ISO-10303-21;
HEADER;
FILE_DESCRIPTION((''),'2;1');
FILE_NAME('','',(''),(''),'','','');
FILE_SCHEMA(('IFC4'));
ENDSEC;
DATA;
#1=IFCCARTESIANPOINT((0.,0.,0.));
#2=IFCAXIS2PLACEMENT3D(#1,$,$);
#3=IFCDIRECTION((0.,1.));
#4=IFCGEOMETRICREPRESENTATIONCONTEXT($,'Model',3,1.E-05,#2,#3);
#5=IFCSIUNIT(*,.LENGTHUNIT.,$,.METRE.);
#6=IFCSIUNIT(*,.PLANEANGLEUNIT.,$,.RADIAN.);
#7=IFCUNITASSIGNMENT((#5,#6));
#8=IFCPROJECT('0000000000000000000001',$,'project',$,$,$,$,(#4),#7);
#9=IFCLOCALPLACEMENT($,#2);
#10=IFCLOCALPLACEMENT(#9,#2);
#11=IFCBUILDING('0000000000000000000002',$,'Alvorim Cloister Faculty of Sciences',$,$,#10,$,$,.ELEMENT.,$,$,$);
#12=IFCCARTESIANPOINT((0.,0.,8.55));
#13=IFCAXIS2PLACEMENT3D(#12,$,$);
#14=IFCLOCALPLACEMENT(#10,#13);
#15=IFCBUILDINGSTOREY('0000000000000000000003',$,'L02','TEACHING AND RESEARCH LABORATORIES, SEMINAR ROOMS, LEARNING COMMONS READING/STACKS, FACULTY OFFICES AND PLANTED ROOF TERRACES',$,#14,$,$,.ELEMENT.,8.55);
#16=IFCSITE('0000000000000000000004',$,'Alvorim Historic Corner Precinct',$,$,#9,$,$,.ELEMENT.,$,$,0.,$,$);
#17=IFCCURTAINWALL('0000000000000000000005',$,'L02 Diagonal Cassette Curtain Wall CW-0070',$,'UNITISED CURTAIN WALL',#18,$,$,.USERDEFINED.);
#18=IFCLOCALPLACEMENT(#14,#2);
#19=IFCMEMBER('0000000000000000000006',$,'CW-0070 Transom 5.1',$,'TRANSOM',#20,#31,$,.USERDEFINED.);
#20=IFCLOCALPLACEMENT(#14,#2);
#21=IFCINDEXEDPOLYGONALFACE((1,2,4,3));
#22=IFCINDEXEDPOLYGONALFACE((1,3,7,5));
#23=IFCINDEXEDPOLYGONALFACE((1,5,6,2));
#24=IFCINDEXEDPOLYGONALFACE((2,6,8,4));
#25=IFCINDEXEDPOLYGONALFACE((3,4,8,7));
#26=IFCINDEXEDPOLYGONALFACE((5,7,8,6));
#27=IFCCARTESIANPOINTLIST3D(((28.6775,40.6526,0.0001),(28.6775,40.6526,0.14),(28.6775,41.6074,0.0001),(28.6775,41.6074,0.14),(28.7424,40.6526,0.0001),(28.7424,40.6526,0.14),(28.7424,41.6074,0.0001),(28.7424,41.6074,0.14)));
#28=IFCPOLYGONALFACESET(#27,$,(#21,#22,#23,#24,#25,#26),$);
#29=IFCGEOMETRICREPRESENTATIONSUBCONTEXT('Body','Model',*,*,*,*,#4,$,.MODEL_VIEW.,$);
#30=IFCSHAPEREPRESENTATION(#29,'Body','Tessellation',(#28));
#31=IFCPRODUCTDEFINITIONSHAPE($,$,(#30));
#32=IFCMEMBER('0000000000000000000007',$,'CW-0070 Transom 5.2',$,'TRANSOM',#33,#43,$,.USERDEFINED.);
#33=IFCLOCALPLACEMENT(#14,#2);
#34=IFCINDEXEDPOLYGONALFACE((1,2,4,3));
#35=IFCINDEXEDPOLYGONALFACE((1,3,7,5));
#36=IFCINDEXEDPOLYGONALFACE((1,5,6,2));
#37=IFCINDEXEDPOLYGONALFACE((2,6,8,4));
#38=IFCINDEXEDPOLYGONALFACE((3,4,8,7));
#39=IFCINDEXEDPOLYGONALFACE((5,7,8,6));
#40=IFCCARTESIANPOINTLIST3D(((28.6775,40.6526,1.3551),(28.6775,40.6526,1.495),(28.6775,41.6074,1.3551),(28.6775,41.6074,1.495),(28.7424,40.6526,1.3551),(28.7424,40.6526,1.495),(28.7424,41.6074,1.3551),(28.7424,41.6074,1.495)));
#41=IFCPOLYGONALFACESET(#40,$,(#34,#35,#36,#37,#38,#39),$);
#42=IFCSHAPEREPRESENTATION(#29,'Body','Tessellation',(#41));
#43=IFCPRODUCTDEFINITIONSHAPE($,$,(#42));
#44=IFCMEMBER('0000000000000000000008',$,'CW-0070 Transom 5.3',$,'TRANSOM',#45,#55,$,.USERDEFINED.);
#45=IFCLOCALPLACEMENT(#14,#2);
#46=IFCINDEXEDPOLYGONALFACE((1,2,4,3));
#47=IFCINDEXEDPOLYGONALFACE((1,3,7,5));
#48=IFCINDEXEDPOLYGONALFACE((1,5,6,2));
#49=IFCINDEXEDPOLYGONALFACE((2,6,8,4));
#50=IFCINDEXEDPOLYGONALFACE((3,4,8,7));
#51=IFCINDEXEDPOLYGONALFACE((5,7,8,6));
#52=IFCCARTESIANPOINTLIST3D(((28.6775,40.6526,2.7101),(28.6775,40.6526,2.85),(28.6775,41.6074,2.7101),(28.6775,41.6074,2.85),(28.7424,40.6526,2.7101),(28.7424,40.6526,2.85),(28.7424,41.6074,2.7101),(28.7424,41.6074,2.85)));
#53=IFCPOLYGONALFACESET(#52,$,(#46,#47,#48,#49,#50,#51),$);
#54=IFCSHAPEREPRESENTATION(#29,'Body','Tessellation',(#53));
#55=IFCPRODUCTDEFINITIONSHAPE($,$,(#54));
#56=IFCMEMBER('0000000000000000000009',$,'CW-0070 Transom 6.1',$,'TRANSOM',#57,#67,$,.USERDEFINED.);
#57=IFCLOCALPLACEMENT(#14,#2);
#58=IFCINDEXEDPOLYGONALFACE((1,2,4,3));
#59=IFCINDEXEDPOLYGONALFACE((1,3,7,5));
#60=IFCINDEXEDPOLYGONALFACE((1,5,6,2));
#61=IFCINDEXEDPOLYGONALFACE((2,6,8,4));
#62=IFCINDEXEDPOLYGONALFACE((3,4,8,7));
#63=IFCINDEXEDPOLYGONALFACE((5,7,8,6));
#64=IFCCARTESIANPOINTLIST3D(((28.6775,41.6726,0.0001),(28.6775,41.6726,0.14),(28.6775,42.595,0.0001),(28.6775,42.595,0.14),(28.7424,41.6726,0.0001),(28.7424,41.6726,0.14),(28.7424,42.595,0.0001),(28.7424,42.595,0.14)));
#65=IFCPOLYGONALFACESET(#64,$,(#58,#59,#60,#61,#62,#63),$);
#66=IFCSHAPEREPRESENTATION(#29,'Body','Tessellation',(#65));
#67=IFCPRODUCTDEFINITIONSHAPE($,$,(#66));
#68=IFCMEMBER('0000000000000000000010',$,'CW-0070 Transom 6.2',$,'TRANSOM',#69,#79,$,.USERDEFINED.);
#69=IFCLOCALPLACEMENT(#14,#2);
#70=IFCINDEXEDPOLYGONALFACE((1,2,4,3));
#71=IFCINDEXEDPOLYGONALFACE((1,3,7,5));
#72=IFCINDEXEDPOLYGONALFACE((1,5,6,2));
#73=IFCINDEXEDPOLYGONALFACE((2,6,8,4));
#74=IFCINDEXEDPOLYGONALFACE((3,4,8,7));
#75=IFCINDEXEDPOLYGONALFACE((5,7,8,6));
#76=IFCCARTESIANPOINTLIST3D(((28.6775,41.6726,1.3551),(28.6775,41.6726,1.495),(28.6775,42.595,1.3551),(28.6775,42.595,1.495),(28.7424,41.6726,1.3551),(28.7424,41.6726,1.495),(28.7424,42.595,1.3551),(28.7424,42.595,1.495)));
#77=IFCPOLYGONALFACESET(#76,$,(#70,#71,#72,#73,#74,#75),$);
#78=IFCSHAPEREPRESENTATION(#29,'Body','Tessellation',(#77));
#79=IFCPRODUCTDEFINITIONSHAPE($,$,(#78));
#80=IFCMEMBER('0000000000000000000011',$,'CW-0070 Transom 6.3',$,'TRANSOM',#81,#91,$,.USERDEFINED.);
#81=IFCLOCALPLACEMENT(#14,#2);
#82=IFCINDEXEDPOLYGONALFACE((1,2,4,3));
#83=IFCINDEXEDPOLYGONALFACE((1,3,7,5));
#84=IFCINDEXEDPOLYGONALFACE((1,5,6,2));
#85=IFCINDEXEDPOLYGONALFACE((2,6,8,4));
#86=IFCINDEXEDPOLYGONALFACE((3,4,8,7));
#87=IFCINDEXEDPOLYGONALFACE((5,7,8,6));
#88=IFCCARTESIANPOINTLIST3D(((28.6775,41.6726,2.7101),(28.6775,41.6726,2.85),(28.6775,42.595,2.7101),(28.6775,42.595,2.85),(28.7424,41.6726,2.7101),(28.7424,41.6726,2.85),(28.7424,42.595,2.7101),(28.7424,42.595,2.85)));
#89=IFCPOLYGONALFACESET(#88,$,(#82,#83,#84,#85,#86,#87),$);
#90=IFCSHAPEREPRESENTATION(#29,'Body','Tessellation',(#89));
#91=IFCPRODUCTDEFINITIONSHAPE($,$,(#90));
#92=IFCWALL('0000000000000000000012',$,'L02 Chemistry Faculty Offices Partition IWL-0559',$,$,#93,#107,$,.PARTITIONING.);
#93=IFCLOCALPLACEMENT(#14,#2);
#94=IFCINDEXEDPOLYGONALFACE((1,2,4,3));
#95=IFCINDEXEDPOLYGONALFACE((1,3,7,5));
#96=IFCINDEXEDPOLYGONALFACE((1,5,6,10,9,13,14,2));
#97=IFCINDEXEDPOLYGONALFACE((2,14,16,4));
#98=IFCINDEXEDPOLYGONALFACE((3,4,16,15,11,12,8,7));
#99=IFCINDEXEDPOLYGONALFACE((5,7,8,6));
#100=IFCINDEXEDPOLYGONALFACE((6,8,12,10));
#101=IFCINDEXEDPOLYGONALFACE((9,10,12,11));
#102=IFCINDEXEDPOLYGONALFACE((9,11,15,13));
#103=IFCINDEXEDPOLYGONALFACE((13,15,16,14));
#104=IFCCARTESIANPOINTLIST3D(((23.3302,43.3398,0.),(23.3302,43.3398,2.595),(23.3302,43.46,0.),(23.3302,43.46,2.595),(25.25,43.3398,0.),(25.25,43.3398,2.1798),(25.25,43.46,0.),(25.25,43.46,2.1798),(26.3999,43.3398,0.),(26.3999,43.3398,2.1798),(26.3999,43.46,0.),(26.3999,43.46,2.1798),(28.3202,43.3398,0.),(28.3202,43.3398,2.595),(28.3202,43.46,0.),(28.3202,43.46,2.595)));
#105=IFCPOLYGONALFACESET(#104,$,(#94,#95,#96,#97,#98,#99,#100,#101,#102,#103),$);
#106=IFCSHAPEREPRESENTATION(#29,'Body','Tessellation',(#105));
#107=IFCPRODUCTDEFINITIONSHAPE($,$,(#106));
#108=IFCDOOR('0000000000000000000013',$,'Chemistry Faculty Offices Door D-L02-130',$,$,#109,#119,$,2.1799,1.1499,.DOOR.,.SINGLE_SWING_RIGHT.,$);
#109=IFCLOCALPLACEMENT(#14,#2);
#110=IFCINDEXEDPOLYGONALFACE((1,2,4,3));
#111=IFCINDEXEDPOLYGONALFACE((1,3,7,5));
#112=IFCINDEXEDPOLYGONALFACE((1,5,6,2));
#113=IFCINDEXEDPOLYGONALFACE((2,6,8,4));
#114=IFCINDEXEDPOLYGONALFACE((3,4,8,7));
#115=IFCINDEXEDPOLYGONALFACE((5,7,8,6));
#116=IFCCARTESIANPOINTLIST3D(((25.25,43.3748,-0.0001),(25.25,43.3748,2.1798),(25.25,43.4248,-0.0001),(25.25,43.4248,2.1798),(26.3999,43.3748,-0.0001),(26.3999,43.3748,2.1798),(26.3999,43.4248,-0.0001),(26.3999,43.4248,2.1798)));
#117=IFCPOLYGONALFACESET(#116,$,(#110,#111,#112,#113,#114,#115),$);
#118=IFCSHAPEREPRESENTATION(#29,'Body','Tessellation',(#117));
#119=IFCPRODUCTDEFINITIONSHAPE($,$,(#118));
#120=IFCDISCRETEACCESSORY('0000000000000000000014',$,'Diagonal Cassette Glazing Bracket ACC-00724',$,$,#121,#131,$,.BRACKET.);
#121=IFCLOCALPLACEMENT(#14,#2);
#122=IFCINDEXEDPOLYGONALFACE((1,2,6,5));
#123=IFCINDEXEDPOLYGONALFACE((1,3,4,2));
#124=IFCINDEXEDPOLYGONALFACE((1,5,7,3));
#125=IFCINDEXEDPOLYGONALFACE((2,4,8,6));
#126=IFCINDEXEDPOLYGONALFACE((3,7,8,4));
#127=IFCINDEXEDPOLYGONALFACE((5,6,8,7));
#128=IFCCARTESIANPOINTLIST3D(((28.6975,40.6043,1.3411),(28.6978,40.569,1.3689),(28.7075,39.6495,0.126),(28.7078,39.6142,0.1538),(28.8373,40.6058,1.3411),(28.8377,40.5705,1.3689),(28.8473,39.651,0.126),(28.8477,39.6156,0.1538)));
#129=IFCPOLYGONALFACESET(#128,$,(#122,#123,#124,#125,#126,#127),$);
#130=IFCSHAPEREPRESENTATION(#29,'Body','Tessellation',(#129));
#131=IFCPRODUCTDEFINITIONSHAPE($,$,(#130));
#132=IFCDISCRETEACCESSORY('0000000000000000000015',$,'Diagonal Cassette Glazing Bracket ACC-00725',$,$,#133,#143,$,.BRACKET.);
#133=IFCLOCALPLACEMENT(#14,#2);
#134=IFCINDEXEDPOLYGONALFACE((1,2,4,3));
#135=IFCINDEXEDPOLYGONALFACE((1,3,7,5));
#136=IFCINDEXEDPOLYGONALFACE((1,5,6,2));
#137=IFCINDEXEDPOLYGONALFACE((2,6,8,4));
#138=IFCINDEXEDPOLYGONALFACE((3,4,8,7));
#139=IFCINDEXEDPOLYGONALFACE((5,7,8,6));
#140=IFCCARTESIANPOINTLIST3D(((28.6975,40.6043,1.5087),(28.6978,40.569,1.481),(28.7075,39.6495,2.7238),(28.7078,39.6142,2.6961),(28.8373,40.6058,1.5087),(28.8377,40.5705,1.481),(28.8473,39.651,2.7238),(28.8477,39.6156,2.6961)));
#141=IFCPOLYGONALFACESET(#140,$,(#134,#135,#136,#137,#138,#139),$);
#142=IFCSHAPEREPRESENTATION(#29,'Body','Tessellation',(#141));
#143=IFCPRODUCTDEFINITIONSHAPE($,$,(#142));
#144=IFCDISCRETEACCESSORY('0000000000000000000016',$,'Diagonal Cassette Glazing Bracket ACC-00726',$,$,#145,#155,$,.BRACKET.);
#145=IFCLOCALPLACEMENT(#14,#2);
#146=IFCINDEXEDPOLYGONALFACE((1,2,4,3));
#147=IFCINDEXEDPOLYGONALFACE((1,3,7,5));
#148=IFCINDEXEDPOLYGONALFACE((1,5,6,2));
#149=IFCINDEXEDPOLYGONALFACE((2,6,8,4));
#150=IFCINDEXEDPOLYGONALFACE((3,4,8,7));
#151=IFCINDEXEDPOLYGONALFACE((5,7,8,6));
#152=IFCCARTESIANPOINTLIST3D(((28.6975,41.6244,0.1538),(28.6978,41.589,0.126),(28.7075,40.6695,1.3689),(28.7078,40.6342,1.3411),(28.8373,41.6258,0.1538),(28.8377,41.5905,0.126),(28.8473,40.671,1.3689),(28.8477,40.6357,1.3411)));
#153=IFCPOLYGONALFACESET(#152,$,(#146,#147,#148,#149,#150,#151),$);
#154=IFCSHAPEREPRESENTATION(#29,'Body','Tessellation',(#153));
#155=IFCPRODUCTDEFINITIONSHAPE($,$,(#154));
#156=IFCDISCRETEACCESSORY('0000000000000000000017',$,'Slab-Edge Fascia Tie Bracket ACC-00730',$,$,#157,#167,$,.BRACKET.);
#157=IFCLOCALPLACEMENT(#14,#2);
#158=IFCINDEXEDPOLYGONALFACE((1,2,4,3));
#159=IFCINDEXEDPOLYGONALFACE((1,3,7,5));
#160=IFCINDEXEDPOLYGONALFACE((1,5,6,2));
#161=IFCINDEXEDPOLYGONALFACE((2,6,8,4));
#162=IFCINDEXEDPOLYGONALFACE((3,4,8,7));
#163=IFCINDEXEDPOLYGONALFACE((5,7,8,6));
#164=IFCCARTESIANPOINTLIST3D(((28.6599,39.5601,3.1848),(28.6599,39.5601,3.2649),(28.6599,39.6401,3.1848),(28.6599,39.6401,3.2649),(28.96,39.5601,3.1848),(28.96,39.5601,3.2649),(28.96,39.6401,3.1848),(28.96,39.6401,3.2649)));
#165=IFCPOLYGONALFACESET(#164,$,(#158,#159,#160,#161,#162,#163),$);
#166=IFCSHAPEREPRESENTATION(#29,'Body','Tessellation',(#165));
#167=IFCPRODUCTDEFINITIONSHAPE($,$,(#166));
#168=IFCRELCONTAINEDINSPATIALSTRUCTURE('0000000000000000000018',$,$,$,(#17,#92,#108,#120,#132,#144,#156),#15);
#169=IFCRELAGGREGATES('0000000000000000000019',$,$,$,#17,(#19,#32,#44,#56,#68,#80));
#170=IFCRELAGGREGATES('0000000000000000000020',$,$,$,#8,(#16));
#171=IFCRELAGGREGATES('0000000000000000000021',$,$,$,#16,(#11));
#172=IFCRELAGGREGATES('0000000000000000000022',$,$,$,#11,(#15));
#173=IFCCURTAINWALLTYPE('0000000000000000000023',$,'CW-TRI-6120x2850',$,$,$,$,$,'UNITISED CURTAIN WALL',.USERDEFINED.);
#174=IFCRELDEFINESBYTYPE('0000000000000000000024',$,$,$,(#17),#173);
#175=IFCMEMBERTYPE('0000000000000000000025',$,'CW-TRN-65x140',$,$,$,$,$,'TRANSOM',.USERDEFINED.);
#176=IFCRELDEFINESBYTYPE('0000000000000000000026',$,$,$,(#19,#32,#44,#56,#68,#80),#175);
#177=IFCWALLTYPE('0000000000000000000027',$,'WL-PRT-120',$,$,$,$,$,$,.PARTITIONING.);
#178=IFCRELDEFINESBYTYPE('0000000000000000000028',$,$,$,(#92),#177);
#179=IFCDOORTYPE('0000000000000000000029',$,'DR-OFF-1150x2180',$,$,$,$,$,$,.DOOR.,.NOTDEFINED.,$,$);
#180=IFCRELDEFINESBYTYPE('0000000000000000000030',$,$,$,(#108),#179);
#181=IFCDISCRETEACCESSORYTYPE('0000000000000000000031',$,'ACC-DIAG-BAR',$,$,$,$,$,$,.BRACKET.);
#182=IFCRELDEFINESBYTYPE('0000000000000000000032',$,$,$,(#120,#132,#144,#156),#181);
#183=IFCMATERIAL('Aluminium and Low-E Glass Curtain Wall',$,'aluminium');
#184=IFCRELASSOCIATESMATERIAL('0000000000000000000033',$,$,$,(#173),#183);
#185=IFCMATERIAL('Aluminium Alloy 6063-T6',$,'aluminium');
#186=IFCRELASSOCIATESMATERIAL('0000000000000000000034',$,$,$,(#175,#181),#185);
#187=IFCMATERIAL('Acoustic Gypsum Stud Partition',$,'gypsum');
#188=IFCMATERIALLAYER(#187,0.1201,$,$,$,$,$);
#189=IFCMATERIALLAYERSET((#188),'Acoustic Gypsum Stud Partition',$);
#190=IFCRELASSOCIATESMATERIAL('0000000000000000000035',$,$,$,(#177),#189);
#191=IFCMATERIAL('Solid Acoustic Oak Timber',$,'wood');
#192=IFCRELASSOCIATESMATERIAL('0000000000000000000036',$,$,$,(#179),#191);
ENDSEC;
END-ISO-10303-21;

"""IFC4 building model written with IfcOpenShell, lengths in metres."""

from ifc_helpers import new_model, si_unit, direction, frame, frame_2d, origin, origin_2d, place, context, subcontext, project, spatial, rectangle, extrude, material, layer, layer_set, material_profile, profile_set, type_object, element, fill, aggregate, save


model = new_model("IFC4")

# Units and contexts
model_context = context("Model", 3, precision=1e-05, world=origin(), true_north=direction((0.0, 1.0)))
body_context = subcontext(model_context, "Body", "Model", "MODEL_VIEW")
ifc_project = project(units=[si_unit("LENGTHUNIT", "METRE"), si_unit("PLANEANGLEUNIT", "RADIAN")], contexts=[model_context])

# Site, building, storey
site_placement = place(None, origin())
site = spatial("IfcSite", under=ifc_project, at=site_placement, Name="Alvorim Historic Corner Precinct", CompositionType="ELEMENT", RefElevation=0.0)
building_placement = place(site_placement, origin())
building = spatial("IfcBuilding", under=site, at=building_placement, Name="Alvorim Cloister Faculty of Sciences", CompositionType="ELEMENT")
storey_placement = place(building_placement, frame((0.0, 0.0, 8.55)))
storey = spatial("IfcBuildingStorey", under=building, at=storey_placement, Name="L02", Description="TEACHING AND RESEARCH LABORATORIES, SEMINAR ROOMS, LEARNING COMMONS READING/STACKS, FACULTY OFFICES AND PLANTED ROOF TERRACES", CompositionType="ELEMENT", Elevation=8.55)

# Curtain wall, members
ifc_material_1 = material(Name="Aluminium and Low-E Glass Curtain Wall", Category="aluminium")
curtain_wall_type = type_object("IfcCurtainWallType", Name="CW-TRI-6120x2850", ElementType="UNITISED CURTAIN WALL", PredefinedType="USERDEFINED", material=ifc_material_1)
curtain_wall_placement = place(storey_placement, origin())
curtain_wall = element("IfcCurtainWall", 1, at=curtain_wall_placement, inside=storey, type_object=curtain_wall_type, Name="L02 Diagonal Cassette Curtain Wall CW-0070", ObjectType="UNITISED CURTAIN WALL", PredefinedType="USERDEFINED")
ifc_material_2 = material(Name="Aluminium Alloy 6063-T6", Category="aluminium")
ifc_material_profile_1 = material_profile(ifc_material_2, rectangle(XDim=0.0649, YDim=0.1399, at=origin_2d()), Name="ALU-TRN-65x140")
ifc_profile_set_1 = profile_set([ifc_material_profile_1], Name="Aluminium Alloy 6063-T6")
member_type_1 = type_object("IfcMemberType", Name="CW-TRN-65x140", ElementType="TRANSOM", PredefinedType="USERDEFINED", material=ifc_profile_set_1)
member_1_placement = place(storey_placement, frame((28.71, 40.6526, 0.0701), z_axis=(0.0, 1.0, 0.0), x_axis=(-1.0, 0.0, 0.0)))
member_1 = element("IfcMember", 2, at=member_1_placement, type_object=member_type_1, Name="CW-0070 Transom 5.1", ObjectType="TRANSOM", PredefinedType="USERDEFINED", context=body_context, shape_type="SweptSolid", body=[
    extrude(rectangle(XDim=0.0649, YDim=0.1399, at=origin_2d()), origin(), (0.0, 0.0, 1.0), 0.9548),
])
member_2_placement = place(storey_placement, frame((28.71, 40.6526, 1.425), z_axis=(0.0, 1.0, 0.0), x_axis=(-1.0, 0.0, 0.0)))
member_2 = element("IfcMember", 3, at=member_2_placement, type_object=member_type_1, Name="CW-0070 Transom 5.2", ObjectType="TRANSOM", PredefinedType="USERDEFINED", context=body_context, shape_type="SweptSolid", body=[
    extrude(rectangle(XDim=0.0649, YDim=0.1399, at=origin_2d()), origin(), (0.0, 0.0, 1.0), 0.9548),
])
member_3_placement = place(storey_placement, frame((28.71, 40.6526, 2.78), z_axis=(0.0, 1.0, 0.0), x_axis=(-1.0, 0.0, 0.0)))
member_3 = element("IfcMember", 4, at=member_3_placement, type_object=member_type_1, Name="CW-0070 Transom 5.3", ObjectType="TRANSOM", PredefinedType="USERDEFINED", context=body_context, shape_type="SweptSolid", body=[
    extrude(rectangle(XDim=0.0649, YDim=0.1399, at=origin_2d()), origin(), (0.0, 0.0, 1.0), 0.9548),
])
member_4_placement = place(storey_placement, frame((28.71, 41.6726, 0.0701), z_axis=(0.0, 1.0, 0.0), x_axis=(-1.0, 0.0, 0.0)))
member_4 = element("IfcMember", 5, at=member_4_placement, type_object=member_type_1, Name="CW-0070 Transom 6.1", ObjectType="TRANSOM", PredefinedType="USERDEFINED", context=body_context, shape_type="SweptSolid", body=[
    extrude(rectangle(XDim=0.0649, YDim=0.1399, at=origin_2d()), origin(), (0.0, 0.0, 1.0), 0.9224),
])
member_5_placement = place(storey_placement, frame((28.71, 41.6726, 1.425), z_axis=(0.0, 1.0, 0.0), x_axis=(-1.0, 0.0, 0.0)))
member_5 = element("IfcMember", 6, at=member_5_placement, type_object=member_type_1, Name="CW-0070 Transom 6.2", ObjectType="TRANSOM", PredefinedType="USERDEFINED", context=body_context, shape_type="SweptSolid", body=[
    extrude(rectangle(XDim=0.0649, YDim=0.1399, at=origin_2d()), origin(), (0.0, 0.0, 1.0), 0.9224),
])
member_6_placement = place(storey_placement, frame((28.71, 41.6726, 2.78), z_axis=(0.0, 1.0, 0.0), x_axis=(-1.0, 0.0, 0.0)))
member_6 = element("IfcMember", 7, at=member_6_placement, type_object=member_type_1, Name="CW-0070 Transom 6.3", ObjectType="TRANSOM", PredefinedType="USERDEFINED", context=body_context, shape_type="SweptSolid", body=[
    extrude(rectangle(XDim=0.0649, YDim=0.1399, at=origin_2d()), origin(), (0.0, 0.0, 1.0), 0.9224),
])
aggregate(curtain_wall, [member_1, member_2, member_3, member_4, member_5, member_6])

# Wall, opening, door
ifc_material_3 = material(Name="Acoustic Gypsum Stud Partition", Category="gypsum")
ifc_layer = layer(ifc_material_3, 0.1201)
ifc_layer_set = layer_set([ifc_layer], Name="Acoustic Gypsum Stud Partition")
wall_type = type_object("IfcWallType", Name="WL-PRT-120", PredefinedType="PARTITIONING", material=ifc_layer_set)
wall_placement = place(storey_placement, frame((23.3301, 43.3999, 0.0), z_axis=(0.0, 0.0, 1.0), x_axis=(1.0, 0.0, 0.0)))
wall = element("IfcWall", 8, at=wall_placement, inside=storey, type_object=wall_type, Name="L02 Chemistry Faculty Offices Partition IWL-0559", PredefinedType="PARTITIONING", context=body_context, shape_type="SweptSolid", body=[
    extrude(rectangle(XDim=4.99, YDim=0.1201, at=frame_2d((2.4951, 0.0))), origin(), (0.0, 0.0, 1.0), 2.595),
])
opening_placement = place(wall_placement, frame((1.9199, 0.0, 0.0)))
opening = element("IfcOpeningElement", 9, at=opening_placement, cuts=wall, PredefinedType="OPENING", context=body_context, shape_type="SweptSolid", body=[
    extrude(rectangle(XDim=1.1499, YDim=2.1799, at=frame_2d((0.575, 1.0898))), frame((0.0, 0.072, 0.0), z_axis=(0.0, -1.0, 0.0), x_axis=(1.0, 0.0, 0.0)), (0.0, 0.0, 1.0), 0.144),
])
ifc_material_4 = material(Name="Solid Acoustic Oak Timber", Category="wood")
door_type = type_object("IfcDoorType", Name="DR-OFF-1150x2180", OperationType="NOTDEFINED", PredefinedType="DOOR", material=ifc_material_4)
door_placement = place(opening_placement, origin())
door = element("IfcDoor", 10, at=door_placement, inside=storey, type_object=door_type, Name="Chemistry Faculty Offices Door D-L02-130", OperationType="SINGLE_SWING_RIGHT", OverallHeight=2.1799, OverallWidth=1.1499, PredefinedType="DOOR", context=body_context, shape_type="SweptSolid", body=[
    extrude(rectangle(XDim=1.1499, YDim=2.1799, at=frame_2d((0.575, 1.0898))), frame((0.0, 0.0249, 0.0), z_axis=(0.0, -1.0, 0.0), x_axis=(1.0, 0.0, 0.0)), (0.0, 0.0, 1.0), 0.05),
])
fill(opening, door)

# Discrete accessories
discrete_accessory_type = type_object("IfcDiscreteAccessoryType", Name="ACC-DIAG-BAR", PredefinedType="BRACKET", material=ifc_material_2)
for number, where, z_axis, x_axis, name in (
    (11, (28.7776, 39.6326, 0.1399), (-0.006477, 0.617857, 0.786263), (-0.999945, -0.010483, 0.0), "Diagonal Cassette Glazing Bracket ACC-00724"),
    (12, (28.7776, 39.6326, 2.71), (-0.006477, 0.617857, -0.786263), (-0.999945, -0.010483, 0.0), "Diagonal Cassette Glazing Bracket ACC-00725"),
    (13, (28.7776, 40.6526, 1.355), (-0.006477, 0.617857, -0.786263), (-0.999945, -0.010483, 0.0), "Diagonal Cassette Glazing Bracket ACC-00726"),
):
    element("IfcDiscreteAccessory", number, at=place(storey_placement, frame(where, z_axis=z_axis, x_axis=x_axis)), inside=storey, type_object=discrete_accessory_type, Name=name, PredefinedType="BRACKET", context=body_context, shape_type="SweptSolid", body=[
        extrude(rectangle(XDim=0.1399, YDim=0.0449, at=origin_2d()), origin(), (0.0, 0.0, 1.0), 1.5454),
    ])
discrete_accessory_placement = place(storey_placement, frame((28.6599, 39.6001, 3.2249), z_axis=(1.0, 0.0, 0.0), x_axis=(0.0, 1.0, 0.0)))
element("IfcDiscreteAccessory", 14, at=discrete_accessory_placement, inside=storey, type_object=discrete_accessory_type, Name="Slab-Edge Fascia Tie Bracket ACC-00730", PredefinedType="BRACKET", context=body_context, shape_type="SweptSolid", body=[
    extrude(rectangle(XDim=0.0801, YDim=0.0801, at=origin_2d()), origin(), (0.0, 0.0, 1.0), 0.3),
])

save(model, "model.ifc")
